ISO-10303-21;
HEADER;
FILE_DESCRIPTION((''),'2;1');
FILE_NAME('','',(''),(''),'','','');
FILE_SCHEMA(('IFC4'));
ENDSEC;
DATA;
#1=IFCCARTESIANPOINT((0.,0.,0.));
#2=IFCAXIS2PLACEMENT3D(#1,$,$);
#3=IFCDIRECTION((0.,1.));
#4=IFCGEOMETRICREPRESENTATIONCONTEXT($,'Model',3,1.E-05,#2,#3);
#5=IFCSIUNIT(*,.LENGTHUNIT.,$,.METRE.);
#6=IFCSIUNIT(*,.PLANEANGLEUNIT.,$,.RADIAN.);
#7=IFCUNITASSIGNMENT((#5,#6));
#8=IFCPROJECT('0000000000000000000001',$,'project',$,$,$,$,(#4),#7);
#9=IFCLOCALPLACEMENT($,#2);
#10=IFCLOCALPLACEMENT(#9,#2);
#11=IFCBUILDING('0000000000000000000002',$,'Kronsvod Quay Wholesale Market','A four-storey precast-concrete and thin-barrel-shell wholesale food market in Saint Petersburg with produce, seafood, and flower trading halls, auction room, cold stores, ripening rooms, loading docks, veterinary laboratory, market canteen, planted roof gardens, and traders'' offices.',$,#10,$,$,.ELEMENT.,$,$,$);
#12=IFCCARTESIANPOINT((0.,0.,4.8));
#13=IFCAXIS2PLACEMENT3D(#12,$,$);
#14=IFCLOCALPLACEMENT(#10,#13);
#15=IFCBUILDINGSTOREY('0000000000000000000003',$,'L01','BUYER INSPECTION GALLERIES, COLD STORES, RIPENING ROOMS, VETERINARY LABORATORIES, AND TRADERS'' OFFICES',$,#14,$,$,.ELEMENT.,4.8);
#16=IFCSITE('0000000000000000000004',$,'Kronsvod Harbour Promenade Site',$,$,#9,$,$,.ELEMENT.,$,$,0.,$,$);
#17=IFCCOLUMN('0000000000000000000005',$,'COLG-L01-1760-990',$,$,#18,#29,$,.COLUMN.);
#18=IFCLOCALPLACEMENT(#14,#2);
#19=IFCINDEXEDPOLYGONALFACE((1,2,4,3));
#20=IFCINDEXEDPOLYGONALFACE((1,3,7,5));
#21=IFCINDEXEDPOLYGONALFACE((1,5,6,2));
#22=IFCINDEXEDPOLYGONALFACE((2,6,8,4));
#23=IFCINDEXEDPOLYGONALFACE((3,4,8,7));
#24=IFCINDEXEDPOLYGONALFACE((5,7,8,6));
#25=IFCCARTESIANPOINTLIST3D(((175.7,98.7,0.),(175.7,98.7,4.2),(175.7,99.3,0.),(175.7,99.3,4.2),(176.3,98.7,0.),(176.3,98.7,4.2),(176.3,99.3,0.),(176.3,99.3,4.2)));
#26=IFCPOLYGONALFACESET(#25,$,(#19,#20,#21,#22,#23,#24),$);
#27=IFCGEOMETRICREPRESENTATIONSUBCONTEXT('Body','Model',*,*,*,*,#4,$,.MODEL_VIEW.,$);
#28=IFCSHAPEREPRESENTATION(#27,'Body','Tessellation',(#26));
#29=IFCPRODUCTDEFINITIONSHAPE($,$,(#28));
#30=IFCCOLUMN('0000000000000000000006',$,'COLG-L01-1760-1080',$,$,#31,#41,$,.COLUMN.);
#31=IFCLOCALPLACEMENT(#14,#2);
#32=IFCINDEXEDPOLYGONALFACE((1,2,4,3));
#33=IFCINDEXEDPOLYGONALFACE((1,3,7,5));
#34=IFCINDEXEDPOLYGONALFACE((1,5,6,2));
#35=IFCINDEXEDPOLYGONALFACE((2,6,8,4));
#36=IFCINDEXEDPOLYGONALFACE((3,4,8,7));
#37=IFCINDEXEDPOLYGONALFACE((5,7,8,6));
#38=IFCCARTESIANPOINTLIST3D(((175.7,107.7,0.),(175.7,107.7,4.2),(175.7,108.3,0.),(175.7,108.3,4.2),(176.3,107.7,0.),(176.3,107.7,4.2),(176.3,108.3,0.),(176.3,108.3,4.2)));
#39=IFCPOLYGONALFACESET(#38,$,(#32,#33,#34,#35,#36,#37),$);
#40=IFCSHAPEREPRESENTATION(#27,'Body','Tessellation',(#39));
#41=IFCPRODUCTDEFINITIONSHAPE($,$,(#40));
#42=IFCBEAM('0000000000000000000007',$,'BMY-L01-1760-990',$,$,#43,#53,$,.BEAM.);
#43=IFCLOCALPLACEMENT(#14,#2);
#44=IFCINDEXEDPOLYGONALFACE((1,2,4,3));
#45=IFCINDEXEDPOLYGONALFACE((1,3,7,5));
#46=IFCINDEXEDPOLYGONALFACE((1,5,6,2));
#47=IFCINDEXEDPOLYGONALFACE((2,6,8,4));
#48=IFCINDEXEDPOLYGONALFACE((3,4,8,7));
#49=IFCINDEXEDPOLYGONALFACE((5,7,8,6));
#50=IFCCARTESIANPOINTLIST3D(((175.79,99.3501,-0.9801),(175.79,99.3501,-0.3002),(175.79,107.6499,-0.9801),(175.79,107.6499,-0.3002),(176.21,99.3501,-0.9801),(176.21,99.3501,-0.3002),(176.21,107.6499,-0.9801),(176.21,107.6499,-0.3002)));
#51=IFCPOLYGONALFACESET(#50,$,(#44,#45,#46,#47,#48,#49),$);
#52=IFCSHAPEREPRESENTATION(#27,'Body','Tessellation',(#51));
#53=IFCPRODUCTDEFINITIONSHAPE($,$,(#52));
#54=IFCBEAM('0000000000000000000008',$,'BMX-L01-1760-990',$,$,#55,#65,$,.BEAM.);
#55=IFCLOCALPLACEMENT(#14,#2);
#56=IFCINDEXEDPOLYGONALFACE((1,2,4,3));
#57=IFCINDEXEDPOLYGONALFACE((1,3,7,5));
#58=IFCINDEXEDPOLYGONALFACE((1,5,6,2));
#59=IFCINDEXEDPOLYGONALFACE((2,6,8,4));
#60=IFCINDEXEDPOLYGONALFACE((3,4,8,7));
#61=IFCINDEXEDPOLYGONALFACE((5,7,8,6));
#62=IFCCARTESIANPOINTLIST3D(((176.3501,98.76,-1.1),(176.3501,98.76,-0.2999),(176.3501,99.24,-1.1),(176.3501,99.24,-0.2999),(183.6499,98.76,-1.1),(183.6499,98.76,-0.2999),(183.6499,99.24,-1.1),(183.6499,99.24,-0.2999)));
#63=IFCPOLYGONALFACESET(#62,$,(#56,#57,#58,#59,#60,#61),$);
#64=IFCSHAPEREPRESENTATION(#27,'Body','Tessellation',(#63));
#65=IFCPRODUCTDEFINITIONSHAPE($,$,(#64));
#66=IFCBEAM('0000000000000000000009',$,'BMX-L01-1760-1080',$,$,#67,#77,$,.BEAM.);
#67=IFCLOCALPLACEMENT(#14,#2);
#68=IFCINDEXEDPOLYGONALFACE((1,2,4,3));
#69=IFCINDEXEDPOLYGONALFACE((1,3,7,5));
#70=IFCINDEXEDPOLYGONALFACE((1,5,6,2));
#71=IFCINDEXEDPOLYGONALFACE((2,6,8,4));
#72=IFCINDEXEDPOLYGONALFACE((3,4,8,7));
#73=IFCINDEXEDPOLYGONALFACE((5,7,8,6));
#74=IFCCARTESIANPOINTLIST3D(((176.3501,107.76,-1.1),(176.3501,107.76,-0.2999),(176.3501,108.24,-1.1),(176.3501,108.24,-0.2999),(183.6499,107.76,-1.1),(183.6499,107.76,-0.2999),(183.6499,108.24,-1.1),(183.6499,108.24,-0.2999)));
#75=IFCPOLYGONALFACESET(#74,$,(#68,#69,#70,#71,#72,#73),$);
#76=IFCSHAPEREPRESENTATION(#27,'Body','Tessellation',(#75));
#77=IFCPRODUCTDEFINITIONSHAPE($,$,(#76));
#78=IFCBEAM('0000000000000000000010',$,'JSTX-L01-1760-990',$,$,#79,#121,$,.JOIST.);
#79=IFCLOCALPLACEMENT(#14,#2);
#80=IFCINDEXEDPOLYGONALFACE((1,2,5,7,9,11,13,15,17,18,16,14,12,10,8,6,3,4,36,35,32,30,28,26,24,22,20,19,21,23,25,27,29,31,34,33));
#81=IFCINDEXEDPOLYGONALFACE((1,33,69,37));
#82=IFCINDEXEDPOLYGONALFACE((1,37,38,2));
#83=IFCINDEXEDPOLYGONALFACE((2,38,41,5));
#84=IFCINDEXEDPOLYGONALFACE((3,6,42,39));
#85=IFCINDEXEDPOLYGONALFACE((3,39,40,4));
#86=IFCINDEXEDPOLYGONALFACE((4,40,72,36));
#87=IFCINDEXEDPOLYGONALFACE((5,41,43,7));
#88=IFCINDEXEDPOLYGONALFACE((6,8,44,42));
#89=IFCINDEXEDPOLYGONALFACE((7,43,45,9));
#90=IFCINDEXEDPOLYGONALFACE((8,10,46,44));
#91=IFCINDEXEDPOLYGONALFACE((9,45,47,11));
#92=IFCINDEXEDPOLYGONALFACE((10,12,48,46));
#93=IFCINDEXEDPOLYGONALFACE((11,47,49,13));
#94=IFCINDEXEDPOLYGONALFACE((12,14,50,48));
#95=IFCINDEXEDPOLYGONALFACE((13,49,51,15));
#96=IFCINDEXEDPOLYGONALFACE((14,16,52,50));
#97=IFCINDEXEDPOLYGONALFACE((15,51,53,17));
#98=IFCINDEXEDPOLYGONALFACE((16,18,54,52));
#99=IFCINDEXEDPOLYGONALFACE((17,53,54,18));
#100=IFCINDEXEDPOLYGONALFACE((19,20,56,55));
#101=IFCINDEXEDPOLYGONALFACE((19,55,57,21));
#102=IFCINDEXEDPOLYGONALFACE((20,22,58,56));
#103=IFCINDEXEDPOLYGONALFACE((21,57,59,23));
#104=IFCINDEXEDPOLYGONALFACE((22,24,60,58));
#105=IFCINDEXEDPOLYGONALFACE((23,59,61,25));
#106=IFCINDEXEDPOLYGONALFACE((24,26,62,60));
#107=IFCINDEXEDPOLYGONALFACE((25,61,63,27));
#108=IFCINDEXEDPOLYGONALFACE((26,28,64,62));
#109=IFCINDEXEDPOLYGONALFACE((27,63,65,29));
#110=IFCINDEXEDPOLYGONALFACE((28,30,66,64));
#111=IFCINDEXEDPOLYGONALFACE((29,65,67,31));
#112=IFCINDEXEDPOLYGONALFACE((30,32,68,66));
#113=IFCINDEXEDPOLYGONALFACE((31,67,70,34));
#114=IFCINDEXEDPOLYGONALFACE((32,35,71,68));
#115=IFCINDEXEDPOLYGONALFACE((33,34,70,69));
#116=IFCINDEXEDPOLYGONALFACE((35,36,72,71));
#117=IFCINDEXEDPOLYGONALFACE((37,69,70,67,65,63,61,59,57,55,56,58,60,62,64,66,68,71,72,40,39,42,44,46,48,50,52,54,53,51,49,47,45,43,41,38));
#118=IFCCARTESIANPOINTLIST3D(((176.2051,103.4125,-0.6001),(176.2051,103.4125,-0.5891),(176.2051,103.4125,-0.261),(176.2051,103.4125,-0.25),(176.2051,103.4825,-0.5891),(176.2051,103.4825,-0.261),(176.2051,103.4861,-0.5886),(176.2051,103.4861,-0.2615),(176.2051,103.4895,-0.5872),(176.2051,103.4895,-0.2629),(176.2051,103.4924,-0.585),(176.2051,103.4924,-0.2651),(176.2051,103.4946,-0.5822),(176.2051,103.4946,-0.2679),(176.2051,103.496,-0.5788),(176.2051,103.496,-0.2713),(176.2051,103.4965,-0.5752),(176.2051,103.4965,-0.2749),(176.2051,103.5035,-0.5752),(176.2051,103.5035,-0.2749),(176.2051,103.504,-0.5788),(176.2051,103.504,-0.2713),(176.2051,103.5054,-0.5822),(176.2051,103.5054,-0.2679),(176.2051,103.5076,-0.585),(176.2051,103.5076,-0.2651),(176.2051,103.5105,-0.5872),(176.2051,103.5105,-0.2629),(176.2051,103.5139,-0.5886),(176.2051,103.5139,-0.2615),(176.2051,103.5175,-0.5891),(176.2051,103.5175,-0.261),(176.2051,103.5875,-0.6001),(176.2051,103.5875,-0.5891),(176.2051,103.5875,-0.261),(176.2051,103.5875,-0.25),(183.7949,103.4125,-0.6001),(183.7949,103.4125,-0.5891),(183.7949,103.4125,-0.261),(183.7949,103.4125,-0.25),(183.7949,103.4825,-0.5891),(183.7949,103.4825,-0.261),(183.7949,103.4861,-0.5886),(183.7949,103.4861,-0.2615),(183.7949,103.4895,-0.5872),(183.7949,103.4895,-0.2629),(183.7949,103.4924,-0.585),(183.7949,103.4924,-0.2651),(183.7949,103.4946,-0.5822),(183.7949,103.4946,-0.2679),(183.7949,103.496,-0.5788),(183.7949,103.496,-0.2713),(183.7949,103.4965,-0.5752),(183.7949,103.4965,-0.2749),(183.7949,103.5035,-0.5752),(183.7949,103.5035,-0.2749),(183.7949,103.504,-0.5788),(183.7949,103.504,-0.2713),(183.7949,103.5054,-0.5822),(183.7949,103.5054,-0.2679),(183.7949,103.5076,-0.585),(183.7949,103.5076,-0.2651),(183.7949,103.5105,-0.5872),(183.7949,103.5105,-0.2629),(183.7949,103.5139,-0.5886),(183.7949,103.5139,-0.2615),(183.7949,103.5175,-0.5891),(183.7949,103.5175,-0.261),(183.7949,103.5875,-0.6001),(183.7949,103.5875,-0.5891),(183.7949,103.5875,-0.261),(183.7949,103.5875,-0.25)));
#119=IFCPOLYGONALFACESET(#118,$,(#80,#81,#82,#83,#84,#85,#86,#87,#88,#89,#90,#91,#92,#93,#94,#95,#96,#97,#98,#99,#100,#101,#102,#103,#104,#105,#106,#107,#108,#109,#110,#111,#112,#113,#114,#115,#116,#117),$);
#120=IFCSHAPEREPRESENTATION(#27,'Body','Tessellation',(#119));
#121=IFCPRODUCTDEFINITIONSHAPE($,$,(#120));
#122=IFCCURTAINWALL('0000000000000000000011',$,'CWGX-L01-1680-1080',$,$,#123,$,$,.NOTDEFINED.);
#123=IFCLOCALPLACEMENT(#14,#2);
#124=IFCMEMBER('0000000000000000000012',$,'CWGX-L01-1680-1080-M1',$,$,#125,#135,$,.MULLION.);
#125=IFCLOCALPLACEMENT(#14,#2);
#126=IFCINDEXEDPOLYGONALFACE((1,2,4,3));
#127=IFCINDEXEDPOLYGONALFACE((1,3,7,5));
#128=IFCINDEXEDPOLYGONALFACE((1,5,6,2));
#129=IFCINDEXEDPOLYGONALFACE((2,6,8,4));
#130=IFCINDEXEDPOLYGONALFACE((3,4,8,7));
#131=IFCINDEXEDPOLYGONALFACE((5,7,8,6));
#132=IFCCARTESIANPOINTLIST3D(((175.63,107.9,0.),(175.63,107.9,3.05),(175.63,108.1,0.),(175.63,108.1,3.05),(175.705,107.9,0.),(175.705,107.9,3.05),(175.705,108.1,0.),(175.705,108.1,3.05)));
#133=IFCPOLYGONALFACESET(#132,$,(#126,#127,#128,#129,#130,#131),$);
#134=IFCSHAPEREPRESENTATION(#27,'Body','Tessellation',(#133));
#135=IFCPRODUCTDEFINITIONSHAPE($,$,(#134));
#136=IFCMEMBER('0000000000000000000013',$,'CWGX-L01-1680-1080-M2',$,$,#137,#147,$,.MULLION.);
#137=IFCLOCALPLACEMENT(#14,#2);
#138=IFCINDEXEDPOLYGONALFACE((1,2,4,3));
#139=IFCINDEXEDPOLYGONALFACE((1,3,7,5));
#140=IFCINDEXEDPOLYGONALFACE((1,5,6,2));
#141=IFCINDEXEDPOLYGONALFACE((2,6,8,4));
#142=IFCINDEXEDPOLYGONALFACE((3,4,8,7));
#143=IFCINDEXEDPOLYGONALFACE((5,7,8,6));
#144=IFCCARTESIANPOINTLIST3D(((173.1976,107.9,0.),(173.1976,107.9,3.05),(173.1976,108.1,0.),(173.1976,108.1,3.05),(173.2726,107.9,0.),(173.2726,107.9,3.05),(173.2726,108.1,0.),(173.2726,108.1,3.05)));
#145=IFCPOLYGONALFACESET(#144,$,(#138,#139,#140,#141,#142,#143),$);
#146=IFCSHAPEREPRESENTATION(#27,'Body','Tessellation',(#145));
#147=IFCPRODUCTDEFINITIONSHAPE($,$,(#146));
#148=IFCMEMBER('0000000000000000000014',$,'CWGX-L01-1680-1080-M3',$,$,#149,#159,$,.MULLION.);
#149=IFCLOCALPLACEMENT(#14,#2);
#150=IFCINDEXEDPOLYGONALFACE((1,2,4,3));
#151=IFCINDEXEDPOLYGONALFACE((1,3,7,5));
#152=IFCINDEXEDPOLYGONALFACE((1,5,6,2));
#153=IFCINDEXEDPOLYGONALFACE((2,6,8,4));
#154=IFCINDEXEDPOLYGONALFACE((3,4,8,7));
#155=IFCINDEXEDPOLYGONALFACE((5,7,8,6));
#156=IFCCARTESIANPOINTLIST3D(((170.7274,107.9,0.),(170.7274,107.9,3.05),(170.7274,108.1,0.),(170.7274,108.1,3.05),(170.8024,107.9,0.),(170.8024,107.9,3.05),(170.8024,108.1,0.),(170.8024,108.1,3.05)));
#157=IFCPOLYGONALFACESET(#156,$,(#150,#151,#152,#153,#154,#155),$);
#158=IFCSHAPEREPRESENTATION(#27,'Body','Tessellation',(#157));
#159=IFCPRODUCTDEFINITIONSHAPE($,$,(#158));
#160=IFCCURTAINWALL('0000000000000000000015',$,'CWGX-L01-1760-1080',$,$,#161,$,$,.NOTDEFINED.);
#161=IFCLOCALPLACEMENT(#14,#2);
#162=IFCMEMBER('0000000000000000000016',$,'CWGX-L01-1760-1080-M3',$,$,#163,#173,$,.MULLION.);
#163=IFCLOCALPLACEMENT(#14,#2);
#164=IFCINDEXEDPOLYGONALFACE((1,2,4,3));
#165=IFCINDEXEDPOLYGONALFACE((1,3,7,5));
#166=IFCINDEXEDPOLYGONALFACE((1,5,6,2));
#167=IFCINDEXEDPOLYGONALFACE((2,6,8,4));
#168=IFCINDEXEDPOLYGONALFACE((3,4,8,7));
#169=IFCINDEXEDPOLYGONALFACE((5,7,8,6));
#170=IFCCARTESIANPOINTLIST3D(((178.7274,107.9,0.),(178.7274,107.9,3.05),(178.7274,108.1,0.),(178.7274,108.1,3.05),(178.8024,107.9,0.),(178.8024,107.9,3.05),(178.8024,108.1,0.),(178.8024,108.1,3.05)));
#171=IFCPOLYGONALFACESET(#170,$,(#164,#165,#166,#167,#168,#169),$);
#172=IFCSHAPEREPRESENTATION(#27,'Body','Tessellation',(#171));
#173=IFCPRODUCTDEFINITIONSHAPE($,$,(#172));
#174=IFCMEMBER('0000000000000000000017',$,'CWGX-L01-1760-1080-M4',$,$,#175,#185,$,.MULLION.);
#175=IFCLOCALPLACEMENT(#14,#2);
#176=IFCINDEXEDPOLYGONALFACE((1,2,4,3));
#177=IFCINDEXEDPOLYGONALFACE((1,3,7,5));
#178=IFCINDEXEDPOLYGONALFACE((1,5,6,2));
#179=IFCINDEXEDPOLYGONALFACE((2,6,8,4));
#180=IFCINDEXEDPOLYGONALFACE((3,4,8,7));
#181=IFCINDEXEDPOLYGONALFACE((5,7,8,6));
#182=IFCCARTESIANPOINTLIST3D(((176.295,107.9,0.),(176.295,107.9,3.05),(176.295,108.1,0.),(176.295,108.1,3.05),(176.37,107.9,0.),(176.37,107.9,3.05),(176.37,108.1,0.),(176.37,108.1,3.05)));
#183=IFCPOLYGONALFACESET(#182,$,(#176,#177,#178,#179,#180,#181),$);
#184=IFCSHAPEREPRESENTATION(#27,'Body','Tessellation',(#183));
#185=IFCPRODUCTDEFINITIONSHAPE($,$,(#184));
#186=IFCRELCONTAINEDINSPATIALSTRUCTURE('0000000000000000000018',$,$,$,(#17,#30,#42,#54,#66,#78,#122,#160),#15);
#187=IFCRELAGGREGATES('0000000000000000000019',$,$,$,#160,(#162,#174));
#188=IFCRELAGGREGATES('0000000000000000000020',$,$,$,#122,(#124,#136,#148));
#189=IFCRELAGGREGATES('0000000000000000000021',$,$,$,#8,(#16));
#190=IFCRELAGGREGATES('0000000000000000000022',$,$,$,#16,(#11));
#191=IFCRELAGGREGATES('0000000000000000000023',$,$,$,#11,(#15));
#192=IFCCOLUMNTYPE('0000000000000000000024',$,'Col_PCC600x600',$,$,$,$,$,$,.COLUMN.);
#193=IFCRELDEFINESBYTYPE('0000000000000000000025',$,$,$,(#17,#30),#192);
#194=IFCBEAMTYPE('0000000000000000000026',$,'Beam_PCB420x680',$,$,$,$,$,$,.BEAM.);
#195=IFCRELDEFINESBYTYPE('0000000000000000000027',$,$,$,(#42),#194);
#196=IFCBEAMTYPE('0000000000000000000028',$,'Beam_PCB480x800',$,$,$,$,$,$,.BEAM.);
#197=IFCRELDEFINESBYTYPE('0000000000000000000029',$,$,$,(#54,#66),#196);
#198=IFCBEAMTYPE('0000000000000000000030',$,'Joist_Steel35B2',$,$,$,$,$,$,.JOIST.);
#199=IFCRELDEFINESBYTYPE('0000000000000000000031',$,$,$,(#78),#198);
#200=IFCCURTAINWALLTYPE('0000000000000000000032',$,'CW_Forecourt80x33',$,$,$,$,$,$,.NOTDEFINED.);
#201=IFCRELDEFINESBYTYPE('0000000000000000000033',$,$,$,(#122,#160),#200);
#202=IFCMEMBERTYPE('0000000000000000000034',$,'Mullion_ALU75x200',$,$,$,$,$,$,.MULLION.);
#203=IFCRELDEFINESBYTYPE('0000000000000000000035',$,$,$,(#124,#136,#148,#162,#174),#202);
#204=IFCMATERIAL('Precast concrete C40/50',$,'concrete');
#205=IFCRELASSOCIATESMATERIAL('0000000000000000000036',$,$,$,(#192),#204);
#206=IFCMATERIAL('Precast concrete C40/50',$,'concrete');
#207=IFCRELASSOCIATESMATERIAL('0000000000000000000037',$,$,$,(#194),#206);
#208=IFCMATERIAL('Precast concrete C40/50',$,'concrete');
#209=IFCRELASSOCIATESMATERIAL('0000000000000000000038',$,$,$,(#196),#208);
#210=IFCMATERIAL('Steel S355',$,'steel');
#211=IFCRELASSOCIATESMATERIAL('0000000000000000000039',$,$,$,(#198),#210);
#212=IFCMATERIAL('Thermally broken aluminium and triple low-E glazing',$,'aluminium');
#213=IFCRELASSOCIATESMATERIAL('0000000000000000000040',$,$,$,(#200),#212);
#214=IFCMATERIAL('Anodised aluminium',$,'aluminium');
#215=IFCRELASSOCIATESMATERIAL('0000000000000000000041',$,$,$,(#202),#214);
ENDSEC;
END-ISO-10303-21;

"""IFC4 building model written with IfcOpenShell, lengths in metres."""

from ifc_helpers import new_model, si_unit, direction, frame, origin, origin_2d, place, context, subcontext, project, spatial, rectangle, i_section, extrude, material, material_profile, profile_set, type_object, element, aggregate, save


model = new_model("IFC4")

# Units and contexts
model_context = context("Model", 3, precision=1e-05, world=origin(), true_north=direction((0.0, 1.0)))
body_context = subcontext(model_context, "Body", "Model", "MODEL_VIEW")
ifc_project = project(units=[si_unit("LENGTHUNIT", "METRE"), si_unit("PLANEANGLEUNIT", "RADIAN")], contexts=[model_context])

# Site, building, storey
site_placement = place(None, origin())
site = spatial("IfcSite", under=ifc_project, at=site_placement, Name="Kronsvod Harbour Promenade Site", CompositionType="ELEMENT", RefElevation=0.0)
building_placement = place(site_placement, origin())
building = spatial("IfcBuilding", under=site, at=building_placement, Name="Kronsvod Quay Wholesale Market", Description="A four-storey precast-concrete and thin-barrel-shell wholesale food market in Saint Petersburg with produce, seafood, and flower trading halls, auction room, cold stores, ripening rooms, loading docks, veterinary laboratory, market canteen, planted roof gardens, and traders' offices.", CompositionType="ELEMENT")
storey_placement = place(building_placement, frame((0.0, 0.0, 4.8)))
storey = spatial("IfcBuildingStorey", under=building, at=storey_placement, Name="L01", Description="BUYER INSPECTION GALLERIES, COLD STORES, RIPENING ROOMS, VETERINARY LABORATORIES, AND TRADERS' OFFICES", CompositionType="ELEMENT", Elevation=4.8)

# Columns
ifc_material_1 = material(Name="Precast concrete C40/50", Category="concrete")
ifc_material_profile_1 = material_profile(ifc_material_1, rectangle(XDim=0.6001, YDim=0.6001, at=origin_2d()), Name="PCC600x600")
ifc_profile_set_1 = profile_set([ifc_material_profile_1], Name="Precast concrete C40/50")
column_type = type_object("IfcColumnType", Name="Col_PCC600x600", PredefinedType="COLUMN", material=ifc_profile_set_1)
for number, where, z_axis, x_axis, name in (
    (1, (176.0, 99.0, 0.0), (0.0, 0.0, 1.0), (1.0, 0.0, 0.0), "COLG-L01-1760-990"),
    (2, (176.0, 108.0, 0.0), (0.0, 0.0, 1.0), (1.0, 0.0, 0.0), "COLG-L01-1760-1080"),
):
    element("IfcColumn", number, at=place(storey_placement, frame(where, z_axis=z_axis, x_axis=x_axis)), inside=storey, type_object=column_type, Name=name, PredefinedType="COLUMN", context=body_context, shape_type="SweptSolid", body=[
        extrude(rectangle(XDim=0.6001, YDim=0.6001, at=origin_2d()), origin(), (0.0, 0.0, 1.0), 4.2),
    ])

# Beams
ifc_material_2 = material(Name="Precast concrete C40/50", Category="concrete")
ifc_material_profile_2 = material_profile(ifc_material_2, rectangle(XDim=0.4199, YDim=0.6799, at=origin_2d()), Name="PB-05")
ifc_profile_set_2 = profile_set([ifc_material_profile_2], Name="Precast concrete C40/50")
beam_type_1 = type_object("IfcBeamType", Name="Beam_PCB420x680", PredefinedType="BEAM", material=ifc_profile_set_2)
beam_1_placement = place(storey_placement, frame((176.0, 99.3501, -0.6401), z_axis=(0.0, 1.0, 0.0), x_axis=(-1.0, 0.0, 0.0)))
element("IfcBeam", 3, at=beam_1_placement, inside=storey, type_object=beam_type_1, Name="BMY-L01-1760-990", PredefinedType="BEAM", context=body_context, shape_type="SweptSolid", body=[
    extrude(rectangle(XDim=0.4199, YDim=0.6799, at=origin_2d()), origin(), (0.0, 0.0, 1.0), 8.2998),
])
ifc_material_3 = material(Name="Precast concrete C40/50", Category="concrete")
ifc_material_profile_3 = material_profile(ifc_material_3, rectangle(XDim=0.48, YDim=0.8, at=origin_2d()), Name="PB-04")
ifc_profile_set_3 = profile_set([ifc_material_profile_3], Name="Precast concrete C40/50")
beam_type_2 = type_object("IfcBeamType", Name="Beam_PCB480x800", PredefinedType="BEAM", material=ifc_profile_set_3)
for number, where, z_axis, x_axis, name in (
    (4, (176.3501, 99.0, -0.7), (1.0, 0.0, 0.0), (0.0, 1.0, 0.0), "BMX-L01-1760-990"),
    (5, (176.3501, 108.0, -0.7), (1.0, 0.0, 0.0), (0.0, 1.0, 0.0), "BMX-L01-1760-1080"),
):
    element("IfcBeam", number, at=place(storey_placement, frame(where, z_axis=z_axis, x_axis=x_axis)), inside=storey, type_object=beam_type_2, Name=name, PredefinedType="BEAM", context=body_context, shape_type="SweptSolid", body=[
        extrude(rectangle(XDim=0.48, YDim=0.8, at=origin_2d()), origin(), (0.0, 0.0, 1.0), 7.2998),
    ])
ifc_material_4 = material(Name="Steel S355", Category="steel")
ifc_material_profile_4 = material_profile(ifc_material_4, i_section(OverallWidth=0.175, OverallDepth=0.3501, WebThickness=0.0071, FlangeThickness=0.011, FilletRadius=0.0139, at=origin_2d()), Name="35B2")
ifc_profile_set_4 = profile_set([ifc_material_profile_4], Name="Steel S355")
beam_type_3 = type_object("IfcBeamType", Name="Joist_Steel35B2", PredefinedType="JOIST", material=ifc_profile_set_4)
beam_2_placement = place(storey_placement, frame((176.2051, 103.5, -0.425), z_axis=(1.0, 0.0, 0.0), x_axis=(0.0, 1.0, 0.0)))
element("IfcBeam", 6, at=beam_2_placement, inside=storey, type_object=beam_type_3, Name="JSTX-L01-1760-990", PredefinedType="JOIST", context=body_context, shape_type="SweptSolid", body=[
    extrude(i_section(OverallWidth=0.175, OverallDepth=0.3501, WebThickness=0.0071, FlangeThickness=0.011, FilletRadius=0.0139, at=origin_2d()), origin(), (0.0, 0.0, 1.0), 7.5898),
])

# Curtain walls, members
ifc_material_5 = material(Name="Thermally broken aluminium and triple low-E glazing", Category="aluminium")
curtain_wall_type = type_object("IfcCurtainWallType", Name="CW_Forecourt80x33", PredefinedType="NOTDEFINED", material=ifc_material_5)
curtain_wall_1_placement = place(storey_placement, origin())
curtain_wall_1 = element("IfcCurtainWall", 7, at=curtain_wall_1_placement, inside=storey, type_object=curtain_wall_type, Name="CWGX-L01-1680-1080", PredefinedType="NOTDEFINED")
ifc_material_6 = material(Name="Anodised aluminium", Category="aluminium")
ifc_material_profile_5 = material_profile(ifc_material_6, rectangle(XDim=0.075, YDim=0.2, at=origin_2d()), Name="ALUM75x200")
ifc_profile_set_5 = profile_set([ifc_material_profile_5], Name="Anodised aluminium")
member_type_1 = type_object("IfcMemberType", Name="Mullion_ALU75x200", PredefinedType="MULLION", material=ifc_profile_set_5)
member_1_placement = place(storey_placement, frame((175.6675, 108.0, 0.0), z_axis=(0.0, 0.0, 1.0), x_axis=(1.0, 0.0, 0.0)))
member_1 = element("IfcMember", 8, at=member_1_placement, type_object=member_type_1, Name="CWGX-L01-1680-1080-M1", PredefinedType="MULLION", context=body_context, shape_type="SweptSolid", body=[
    extrude(rectangle(XDim=0.075, YDim=0.2, at=origin_2d()), origin(), (0.0, 0.0, 1.0), 3.05),
])
member_2_placement = place(storey_placement, frame((173.2351, 108.0, 0.0), z_axis=(0.0, 0.0, 1.0), x_axis=(1.0, 0.0, 0.0)))
member_2 = element("IfcMember", 9, at=member_2_placement, type_object=member_type_1, Name="CWGX-L01-1680-1080-M2", PredefinedType="MULLION", context=body_context, shape_type="SweptSolid", body=[
    extrude(rectangle(XDim=0.075, YDim=0.2, at=origin_2d()), origin(), (0.0, 0.0, 1.0), 3.05),
])
member_3_placement = place(storey_placement, frame((170.7649, 108.0, 0.0), z_axis=(0.0, 0.0, 1.0), x_axis=(1.0, 0.0, 0.0)))
member_3 = element("IfcMember", 10, at=member_3_placement, type_object=member_type_1, Name="CWGX-L01-1680-1080-M3", PredefinedType="MULLION", context=body_context, shape_type="SweptSolid", body=[
    extrude(rectangle(XDim=0.075, YDim=0.2, at=origin_2d()), origin(), (0.0, 0.0, 1.0), 3.05),
])
curtain_wall_2_placement = place(storey_placement, origin())
curtain_wall_2 = element("IfcCurtainWall", 11, at=curtain_wall_2_placement, inside=storey, type_object=curtain_wall_type, Name="CWGX-L01-1760-1080", PredefinedType="NOTDEFINED")
member_4_placement = place(storey_placement, frame((178.7649, 108.0, 0.0), z_axis=(0.0, 0.0, 1.0), x_axis=(1.0, 0.0, 0.0)))
member_4 = element("IfcMember", 12, at=member_4_placement, type_object=member_type_1, Name="CWGX-L01-1760-1080-M3", PredefinedType="MULLION", context=body_context, shape_type="SweptSolid", body=[
    extrude(rectangle(XDim=0.075, YDim=0.2, at=origin_2d()), origin(), (0.0, 0.0, 1.0), 3.05),
])
member_5_placement = place(storey_placement, frame((176.3325, 108.0, 0.0), z_axis=(0.0, 0.0, 1.0), x_axis=(1.0, 0.0, 0.0)))
member_5 = element("IfcMember", 13, at=member_5_placement, type_object=member_type_1, Name="CWGX-L01-1760-1080-M4", PredefinedType="MULLION", context=body_context, shape_type="SweptSolid", body=[
    extrude(rectangle(XDim=0.075, YDim=0.2, at=origin_2d()), origin(), (0.0, 0.0, 1.0), 3.05),
])

aggregate(curtain_wall_2, [member_4, member_5])
aggregate(curtain_wall_1, [member_1, member_2, member_3])

save(model, "model.ifc")
